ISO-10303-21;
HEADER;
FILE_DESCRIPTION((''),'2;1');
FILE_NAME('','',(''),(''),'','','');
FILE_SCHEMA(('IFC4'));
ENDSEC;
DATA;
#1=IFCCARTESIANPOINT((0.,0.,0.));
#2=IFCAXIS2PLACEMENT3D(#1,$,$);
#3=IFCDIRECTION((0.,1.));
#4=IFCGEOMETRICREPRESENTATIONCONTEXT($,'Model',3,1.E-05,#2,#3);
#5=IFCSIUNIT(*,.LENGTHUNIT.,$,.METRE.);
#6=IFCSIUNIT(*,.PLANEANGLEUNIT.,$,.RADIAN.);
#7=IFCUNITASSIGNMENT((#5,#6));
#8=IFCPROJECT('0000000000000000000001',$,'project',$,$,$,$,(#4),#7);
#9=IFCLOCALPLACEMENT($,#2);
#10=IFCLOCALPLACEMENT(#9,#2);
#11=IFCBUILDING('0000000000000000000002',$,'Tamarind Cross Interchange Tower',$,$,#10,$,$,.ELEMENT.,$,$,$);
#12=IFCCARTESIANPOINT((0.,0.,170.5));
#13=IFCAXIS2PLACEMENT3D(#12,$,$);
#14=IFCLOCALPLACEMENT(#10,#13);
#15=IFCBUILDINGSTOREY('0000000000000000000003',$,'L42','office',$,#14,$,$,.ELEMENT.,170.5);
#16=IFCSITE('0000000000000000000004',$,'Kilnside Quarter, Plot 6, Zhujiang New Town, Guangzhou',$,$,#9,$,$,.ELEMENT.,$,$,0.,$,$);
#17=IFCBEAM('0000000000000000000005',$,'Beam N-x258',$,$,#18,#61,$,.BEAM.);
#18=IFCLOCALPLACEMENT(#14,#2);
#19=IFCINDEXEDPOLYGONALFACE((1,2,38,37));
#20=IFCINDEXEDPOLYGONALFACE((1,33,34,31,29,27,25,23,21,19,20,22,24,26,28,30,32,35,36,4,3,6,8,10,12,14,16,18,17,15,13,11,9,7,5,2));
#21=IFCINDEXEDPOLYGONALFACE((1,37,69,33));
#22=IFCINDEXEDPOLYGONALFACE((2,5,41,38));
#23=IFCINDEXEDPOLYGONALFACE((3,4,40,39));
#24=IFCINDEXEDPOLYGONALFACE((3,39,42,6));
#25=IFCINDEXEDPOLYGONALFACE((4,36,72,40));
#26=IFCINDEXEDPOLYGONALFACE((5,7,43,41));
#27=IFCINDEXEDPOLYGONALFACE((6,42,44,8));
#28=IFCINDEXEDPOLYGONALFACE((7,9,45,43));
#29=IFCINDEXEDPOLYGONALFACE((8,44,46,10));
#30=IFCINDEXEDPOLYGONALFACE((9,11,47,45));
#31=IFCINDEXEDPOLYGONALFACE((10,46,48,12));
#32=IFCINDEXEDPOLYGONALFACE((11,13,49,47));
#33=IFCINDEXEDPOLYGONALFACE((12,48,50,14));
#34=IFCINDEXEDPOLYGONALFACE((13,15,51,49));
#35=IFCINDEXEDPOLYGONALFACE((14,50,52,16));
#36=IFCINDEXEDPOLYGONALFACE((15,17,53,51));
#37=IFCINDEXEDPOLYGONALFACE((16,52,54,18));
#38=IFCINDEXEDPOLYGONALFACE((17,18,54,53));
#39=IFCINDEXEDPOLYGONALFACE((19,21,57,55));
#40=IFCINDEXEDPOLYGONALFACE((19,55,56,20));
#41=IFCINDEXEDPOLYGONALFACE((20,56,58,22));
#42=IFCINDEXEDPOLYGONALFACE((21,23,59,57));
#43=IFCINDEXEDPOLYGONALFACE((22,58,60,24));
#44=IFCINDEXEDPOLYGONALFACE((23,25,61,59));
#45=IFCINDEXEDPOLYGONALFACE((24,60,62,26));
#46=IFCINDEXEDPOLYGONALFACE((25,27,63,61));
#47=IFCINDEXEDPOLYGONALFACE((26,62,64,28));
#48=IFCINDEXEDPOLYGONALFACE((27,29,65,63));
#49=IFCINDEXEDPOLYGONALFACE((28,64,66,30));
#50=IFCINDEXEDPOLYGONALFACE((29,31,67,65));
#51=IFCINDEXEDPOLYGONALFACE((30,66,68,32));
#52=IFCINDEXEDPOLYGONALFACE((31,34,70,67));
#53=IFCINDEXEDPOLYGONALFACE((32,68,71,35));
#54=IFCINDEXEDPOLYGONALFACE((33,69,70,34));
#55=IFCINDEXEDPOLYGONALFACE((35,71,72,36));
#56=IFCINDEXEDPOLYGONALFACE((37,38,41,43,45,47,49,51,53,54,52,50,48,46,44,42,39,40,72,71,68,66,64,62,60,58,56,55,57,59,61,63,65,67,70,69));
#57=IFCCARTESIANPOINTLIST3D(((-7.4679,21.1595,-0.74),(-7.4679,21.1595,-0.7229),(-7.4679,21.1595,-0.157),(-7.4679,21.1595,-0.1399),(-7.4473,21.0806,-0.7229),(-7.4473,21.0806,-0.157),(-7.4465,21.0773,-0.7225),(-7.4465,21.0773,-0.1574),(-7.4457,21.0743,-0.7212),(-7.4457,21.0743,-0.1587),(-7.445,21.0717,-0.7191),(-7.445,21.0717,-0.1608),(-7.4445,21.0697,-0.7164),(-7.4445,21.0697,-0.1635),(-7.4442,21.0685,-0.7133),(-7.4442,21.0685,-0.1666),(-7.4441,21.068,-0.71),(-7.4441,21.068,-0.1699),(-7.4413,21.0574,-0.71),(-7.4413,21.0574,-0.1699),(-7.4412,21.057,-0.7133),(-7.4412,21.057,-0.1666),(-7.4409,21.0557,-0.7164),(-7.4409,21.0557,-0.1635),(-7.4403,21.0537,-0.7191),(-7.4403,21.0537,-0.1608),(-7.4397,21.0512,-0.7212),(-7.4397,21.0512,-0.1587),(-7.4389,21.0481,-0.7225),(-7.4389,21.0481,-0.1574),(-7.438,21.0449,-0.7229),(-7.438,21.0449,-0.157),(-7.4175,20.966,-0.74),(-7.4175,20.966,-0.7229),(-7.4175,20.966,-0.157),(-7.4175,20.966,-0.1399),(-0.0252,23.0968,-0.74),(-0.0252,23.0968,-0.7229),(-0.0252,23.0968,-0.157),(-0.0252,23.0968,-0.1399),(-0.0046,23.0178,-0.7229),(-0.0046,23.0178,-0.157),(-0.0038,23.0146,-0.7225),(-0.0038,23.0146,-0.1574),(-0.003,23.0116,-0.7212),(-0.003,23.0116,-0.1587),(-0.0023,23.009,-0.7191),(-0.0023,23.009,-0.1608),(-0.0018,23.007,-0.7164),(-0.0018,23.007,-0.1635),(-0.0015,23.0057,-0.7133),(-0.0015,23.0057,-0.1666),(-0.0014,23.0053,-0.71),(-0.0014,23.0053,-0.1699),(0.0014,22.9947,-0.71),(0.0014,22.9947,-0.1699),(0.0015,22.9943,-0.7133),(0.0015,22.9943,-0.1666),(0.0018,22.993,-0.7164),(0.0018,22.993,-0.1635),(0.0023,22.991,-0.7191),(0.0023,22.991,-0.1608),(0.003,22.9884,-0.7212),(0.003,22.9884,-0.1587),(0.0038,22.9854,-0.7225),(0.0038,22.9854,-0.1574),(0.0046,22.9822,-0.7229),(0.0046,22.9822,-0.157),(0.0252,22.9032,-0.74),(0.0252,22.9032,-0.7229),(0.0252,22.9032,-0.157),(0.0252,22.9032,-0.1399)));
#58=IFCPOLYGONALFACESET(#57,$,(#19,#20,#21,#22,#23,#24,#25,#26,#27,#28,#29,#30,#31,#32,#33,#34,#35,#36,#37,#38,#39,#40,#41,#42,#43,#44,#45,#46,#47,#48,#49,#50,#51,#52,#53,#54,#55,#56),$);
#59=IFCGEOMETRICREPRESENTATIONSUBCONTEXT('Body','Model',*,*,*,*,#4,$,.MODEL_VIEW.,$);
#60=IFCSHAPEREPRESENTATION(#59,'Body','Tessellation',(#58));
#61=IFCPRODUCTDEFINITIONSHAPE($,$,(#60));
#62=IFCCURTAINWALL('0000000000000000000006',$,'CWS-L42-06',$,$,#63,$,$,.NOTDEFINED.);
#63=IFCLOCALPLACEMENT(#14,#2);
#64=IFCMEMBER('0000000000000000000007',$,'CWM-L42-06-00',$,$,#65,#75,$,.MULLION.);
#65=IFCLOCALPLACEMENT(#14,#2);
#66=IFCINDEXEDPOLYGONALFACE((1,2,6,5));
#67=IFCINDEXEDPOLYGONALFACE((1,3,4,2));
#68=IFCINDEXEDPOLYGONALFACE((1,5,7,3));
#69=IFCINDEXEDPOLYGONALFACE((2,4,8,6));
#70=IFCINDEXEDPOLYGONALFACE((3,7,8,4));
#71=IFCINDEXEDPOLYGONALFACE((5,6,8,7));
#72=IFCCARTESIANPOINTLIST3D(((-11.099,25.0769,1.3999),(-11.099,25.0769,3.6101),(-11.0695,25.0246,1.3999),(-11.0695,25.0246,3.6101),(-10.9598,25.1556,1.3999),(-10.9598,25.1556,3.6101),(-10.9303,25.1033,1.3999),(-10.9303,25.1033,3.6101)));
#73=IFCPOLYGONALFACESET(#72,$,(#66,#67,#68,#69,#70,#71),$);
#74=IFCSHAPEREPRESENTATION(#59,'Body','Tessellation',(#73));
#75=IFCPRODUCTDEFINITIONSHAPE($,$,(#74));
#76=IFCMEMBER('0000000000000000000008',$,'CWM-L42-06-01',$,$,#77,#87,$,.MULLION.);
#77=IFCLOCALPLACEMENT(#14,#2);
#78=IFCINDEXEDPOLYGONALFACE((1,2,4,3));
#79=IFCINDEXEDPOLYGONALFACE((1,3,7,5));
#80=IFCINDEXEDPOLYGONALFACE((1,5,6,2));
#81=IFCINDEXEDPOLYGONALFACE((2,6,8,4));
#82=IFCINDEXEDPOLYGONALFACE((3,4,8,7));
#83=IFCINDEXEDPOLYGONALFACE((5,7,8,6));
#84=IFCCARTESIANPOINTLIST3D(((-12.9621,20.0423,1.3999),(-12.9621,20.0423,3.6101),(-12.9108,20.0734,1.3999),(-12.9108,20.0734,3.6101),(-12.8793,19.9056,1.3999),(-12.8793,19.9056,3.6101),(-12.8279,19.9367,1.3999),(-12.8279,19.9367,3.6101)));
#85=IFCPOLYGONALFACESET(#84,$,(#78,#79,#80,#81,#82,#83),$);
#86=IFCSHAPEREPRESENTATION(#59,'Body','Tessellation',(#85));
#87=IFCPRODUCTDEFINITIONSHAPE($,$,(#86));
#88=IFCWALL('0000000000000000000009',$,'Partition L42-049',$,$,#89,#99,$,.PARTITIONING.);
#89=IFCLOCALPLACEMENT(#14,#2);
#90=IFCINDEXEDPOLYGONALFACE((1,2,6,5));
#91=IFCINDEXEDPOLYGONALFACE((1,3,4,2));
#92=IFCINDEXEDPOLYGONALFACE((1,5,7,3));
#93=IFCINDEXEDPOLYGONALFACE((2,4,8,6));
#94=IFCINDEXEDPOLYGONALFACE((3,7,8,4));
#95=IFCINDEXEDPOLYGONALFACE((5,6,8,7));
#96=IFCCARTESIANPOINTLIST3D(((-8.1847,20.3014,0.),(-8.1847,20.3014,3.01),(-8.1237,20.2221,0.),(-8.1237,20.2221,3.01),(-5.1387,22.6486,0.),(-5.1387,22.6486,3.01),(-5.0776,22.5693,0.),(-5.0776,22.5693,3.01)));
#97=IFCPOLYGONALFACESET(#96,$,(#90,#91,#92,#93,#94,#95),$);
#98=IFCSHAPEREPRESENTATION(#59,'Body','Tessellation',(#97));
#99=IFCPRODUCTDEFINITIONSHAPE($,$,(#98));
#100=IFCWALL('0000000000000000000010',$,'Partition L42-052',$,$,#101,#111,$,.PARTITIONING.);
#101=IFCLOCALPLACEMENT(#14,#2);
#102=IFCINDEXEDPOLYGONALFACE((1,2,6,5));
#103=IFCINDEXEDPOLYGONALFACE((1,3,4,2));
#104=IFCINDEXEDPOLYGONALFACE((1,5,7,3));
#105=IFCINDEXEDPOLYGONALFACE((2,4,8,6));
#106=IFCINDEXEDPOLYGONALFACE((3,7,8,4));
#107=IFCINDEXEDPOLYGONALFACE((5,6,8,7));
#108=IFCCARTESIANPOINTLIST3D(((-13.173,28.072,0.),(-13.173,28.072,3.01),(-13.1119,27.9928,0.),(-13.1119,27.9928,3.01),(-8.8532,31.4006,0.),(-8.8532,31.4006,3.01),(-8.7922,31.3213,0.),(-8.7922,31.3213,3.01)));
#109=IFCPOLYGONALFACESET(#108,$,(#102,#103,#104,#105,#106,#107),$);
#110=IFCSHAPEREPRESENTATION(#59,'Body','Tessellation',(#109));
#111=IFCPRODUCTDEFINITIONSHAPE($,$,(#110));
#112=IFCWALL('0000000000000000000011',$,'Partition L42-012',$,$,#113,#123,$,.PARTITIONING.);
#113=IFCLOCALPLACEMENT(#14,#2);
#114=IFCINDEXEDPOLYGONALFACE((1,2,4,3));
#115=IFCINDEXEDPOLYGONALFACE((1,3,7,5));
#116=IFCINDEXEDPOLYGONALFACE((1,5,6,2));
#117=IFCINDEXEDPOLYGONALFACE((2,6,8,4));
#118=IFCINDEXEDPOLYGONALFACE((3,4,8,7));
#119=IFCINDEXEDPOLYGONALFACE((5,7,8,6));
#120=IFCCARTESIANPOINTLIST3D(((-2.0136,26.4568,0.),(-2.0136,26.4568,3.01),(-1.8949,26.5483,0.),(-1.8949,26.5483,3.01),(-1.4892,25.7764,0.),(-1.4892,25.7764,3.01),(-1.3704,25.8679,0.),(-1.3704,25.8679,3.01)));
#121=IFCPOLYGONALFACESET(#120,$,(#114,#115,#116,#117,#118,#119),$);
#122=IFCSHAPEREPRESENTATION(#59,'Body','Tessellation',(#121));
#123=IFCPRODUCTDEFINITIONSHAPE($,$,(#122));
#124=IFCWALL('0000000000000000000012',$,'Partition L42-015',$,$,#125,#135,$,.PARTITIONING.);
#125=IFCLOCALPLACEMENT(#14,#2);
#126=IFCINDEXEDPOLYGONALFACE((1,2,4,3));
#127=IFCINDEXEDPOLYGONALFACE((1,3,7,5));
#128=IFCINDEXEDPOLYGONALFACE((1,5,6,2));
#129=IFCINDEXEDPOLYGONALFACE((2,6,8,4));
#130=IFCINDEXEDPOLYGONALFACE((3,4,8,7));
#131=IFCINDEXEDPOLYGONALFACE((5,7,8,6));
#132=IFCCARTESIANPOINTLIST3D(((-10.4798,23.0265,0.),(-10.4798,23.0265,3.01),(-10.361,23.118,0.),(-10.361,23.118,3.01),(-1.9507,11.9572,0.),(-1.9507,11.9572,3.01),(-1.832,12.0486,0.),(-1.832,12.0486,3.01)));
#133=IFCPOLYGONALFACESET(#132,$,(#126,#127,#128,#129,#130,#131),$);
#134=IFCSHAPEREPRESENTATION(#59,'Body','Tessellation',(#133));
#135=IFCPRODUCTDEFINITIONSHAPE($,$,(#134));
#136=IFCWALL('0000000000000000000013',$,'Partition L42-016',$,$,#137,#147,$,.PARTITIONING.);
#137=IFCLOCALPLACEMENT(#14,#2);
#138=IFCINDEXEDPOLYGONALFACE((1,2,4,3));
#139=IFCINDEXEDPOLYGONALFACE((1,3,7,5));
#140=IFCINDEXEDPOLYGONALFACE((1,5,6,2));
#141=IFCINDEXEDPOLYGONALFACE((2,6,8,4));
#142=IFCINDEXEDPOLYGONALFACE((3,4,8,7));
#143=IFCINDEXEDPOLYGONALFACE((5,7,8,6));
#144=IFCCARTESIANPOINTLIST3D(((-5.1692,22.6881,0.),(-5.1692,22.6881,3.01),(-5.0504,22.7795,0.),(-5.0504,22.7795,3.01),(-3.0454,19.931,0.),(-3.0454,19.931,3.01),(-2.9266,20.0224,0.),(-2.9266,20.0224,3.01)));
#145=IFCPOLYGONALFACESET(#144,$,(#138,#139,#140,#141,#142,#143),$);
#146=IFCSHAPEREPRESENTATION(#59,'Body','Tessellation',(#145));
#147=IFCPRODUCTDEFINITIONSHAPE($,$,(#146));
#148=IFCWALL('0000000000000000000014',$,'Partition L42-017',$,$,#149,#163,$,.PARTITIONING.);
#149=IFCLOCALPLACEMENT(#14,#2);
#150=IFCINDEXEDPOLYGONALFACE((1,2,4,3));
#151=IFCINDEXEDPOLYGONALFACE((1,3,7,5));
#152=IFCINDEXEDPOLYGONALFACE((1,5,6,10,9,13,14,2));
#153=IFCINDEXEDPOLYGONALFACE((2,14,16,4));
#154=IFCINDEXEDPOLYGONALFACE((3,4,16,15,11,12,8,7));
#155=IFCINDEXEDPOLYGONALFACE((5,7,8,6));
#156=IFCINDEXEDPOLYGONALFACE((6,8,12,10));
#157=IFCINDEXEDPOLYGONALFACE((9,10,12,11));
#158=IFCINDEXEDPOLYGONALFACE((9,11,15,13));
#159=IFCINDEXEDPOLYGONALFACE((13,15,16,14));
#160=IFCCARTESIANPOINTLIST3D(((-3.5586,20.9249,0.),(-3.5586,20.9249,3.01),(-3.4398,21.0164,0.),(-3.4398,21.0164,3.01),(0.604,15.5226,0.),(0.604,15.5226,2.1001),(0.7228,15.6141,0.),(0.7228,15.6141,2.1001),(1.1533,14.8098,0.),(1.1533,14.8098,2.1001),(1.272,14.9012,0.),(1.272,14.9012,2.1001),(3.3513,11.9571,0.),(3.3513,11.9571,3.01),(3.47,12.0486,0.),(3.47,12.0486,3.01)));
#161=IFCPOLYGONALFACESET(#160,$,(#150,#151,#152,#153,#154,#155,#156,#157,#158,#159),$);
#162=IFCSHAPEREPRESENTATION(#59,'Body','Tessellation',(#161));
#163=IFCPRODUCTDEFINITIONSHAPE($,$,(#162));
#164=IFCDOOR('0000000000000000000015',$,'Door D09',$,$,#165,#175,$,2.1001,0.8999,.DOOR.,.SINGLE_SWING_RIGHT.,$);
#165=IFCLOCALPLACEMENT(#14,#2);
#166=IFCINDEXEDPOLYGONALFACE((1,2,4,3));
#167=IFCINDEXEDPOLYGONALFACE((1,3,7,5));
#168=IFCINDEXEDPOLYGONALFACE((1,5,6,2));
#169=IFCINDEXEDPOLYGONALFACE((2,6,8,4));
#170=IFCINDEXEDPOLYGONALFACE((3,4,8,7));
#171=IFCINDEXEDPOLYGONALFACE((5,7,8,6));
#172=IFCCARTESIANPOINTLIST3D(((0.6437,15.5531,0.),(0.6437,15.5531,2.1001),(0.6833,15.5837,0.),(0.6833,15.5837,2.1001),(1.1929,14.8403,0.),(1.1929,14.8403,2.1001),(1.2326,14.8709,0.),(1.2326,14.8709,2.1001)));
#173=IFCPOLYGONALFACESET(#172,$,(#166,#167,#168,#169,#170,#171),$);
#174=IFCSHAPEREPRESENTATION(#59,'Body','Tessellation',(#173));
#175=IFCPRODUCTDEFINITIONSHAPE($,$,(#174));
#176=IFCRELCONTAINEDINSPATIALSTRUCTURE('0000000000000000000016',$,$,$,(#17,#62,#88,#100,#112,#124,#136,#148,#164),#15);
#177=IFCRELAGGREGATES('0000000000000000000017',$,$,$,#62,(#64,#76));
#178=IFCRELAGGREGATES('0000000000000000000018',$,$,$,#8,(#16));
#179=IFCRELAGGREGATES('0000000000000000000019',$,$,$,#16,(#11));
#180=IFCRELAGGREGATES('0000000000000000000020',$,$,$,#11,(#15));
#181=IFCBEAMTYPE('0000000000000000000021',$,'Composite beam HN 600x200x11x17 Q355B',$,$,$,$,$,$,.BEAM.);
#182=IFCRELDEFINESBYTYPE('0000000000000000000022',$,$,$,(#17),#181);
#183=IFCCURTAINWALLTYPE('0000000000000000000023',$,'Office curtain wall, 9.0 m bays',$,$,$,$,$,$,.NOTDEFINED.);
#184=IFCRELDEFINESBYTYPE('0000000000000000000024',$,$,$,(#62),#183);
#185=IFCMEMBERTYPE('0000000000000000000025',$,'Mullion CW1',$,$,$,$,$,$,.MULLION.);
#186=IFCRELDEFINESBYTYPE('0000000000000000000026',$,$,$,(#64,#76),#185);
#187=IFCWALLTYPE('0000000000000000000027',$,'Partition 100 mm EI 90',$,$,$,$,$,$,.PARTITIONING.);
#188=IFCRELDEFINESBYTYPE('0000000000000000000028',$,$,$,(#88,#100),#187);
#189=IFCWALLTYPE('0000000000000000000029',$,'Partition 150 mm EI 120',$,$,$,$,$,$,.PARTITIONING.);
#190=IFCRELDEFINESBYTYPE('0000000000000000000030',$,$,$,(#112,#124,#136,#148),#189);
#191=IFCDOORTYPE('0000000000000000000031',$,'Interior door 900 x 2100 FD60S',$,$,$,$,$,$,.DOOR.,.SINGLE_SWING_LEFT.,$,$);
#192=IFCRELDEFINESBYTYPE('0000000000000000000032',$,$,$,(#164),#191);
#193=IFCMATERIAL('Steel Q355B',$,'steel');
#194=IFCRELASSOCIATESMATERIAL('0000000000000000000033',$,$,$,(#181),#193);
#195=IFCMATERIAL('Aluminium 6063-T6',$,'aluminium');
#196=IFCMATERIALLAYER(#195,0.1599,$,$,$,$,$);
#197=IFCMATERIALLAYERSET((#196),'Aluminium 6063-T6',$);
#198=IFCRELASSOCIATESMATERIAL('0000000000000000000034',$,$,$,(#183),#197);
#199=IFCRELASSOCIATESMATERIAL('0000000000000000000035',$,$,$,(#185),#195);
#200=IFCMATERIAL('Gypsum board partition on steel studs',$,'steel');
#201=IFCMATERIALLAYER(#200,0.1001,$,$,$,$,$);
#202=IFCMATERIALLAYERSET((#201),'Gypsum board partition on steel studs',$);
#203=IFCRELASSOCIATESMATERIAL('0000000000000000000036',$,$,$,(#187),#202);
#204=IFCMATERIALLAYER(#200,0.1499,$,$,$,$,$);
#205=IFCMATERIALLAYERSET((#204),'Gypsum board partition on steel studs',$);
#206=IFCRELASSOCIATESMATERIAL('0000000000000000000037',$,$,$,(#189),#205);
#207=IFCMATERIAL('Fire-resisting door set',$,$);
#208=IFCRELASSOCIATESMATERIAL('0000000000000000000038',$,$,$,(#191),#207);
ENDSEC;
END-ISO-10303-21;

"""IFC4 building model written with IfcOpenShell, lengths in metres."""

from ifc_helpers import new_model, si_unit, direction, frame, frame_2d, origin, origin_2d, place, context, subcontext, project, spatial, rectangle, i_section, extrude, material, layer, layer_set, material_profile, profile_set, type_object, element, fill, aggregate, save


model = new_model("IFC4")

# Units and contexts
model_context = context("Model", 3, precision=1e-05, world=origin(), true_north=direction((0.0, 1.0)))
body_context = subcontext(model_context, "Body", "Model", "MODEL_VIEW")
ifc_project = project(units=[si_unit("LENGTHUNIT", "METRE"), si_unit("PLANEANGLEUNIT", "RADIAN")], contexts=[model_context])

# Site, building, storey
site_placement = place(None, origin())
site = spatial("IfcSite", under=ifc_project, at=site_placement, Name="Kilnside Quarter, Plot 6, Zhujiang New Town, Guangzhou", CompositionType="ELEMENT", RefElevation=0.0)
building_placement = place(site_placement, origin())
building = spatial("IfcBuilding", under=site, at=building_placement, Name="Tamarind Cross Interchange Tower", CompositionType="ELEMENT")
storey_placement = place(building_placement, frame((0.0, 0.0, 170.5)))
storey = spatial("IfcBuildingStorey", under=building, at=storey_placement, Name="L42", Description="office", CompositionType="ELEMENT", Elevation=170.5)

# Beam
ifc_material_1 = material(Name="Steel Q355B", Category="steel")
ifc_material_profile_1 = material_profile(ifc_material_1, i_section(OverallWidth=0.2, OverallDepth=0.6001, WebThickness=0.011, FlangeThickness=0.0171, FilletRadius=0.0129, at=origin_2d()), Name="HN 600x200x11x17")
ifc_profile_set_1 = profile_set([ifc_material_profile_1], Name="Steel Q355B")
beam_type_1 = type_object("IfcBeamType", Name="Composite beam HN 600x200x11x17 Q355B", PredefinedType="BEAM", material=ifc_profile_set_1)
beam_1_placement = place(storey_placement, frame((0.0, 23.0, -0.4399), z_axis=(-0.967754, -0.251898, 0.0), x_axis=(0.251898, -0.967754, 0.0)))
element("IfcBeam", 1, at=beam_1_placement, inside=storey, type_object=beam_type_1, Name="Beam N-x258", PredefinedType="BEAM", context=body_context, shape_type="SweptSolid", body=[
    extrude(i_section(OverallWidth=0.2, OverallDepth=0.6001, WebThickness=0.011, FlangeThickness=0.0171, FilletRadius=0.0129, at=origin_2d()), origin(), (0.0, 0.0, 1.0), 7.6907),
])

# Curtain wall, members
ifc_material_2 = material(Name="Aluminium 6063-T6", Category="aluminium")
ifc_layer_1 = layer(ifc_material_2, 0.1599)
ifc_layer_set_1 = layer_set([ifc_layer_1], Name="Aluminium 6063-T6")
curtain_wall_type = type_object("IfcCurtainWallType", Name="Office curtain wall, 9.0 m bays", PredefinedType="NOTDEFINED", material=ifc_layer_set_1)
curtain_wall_placement = place(storey_placement, origin())
curtain_wall = element("IfcCurtainWall", 2, at=curtain_wall_placement, inside=storey, type_object=curtain_wall_type, Name="CWS-L42-06", PredefinedType="NOTDEFINED")
ifc_material_profile_2 = material_profile(ifc_material_2, rectangle(XDim=0.0601, YDim=0.1599, at=origin_2d()), Name="Mullion CW1")
ifc_profile_set_2 = profile_set([ifc_material_profile_2], Name="Aluminium 6063-T6")
member_type = type_object("IfcMemberType", Name="Mullion CW1", PredefinedType="MULLION", material=ifc_profile_set_2)
member_1_placement = place(storey_placement, frame((-11.0146, 25.0901, 1.3999), z_axis=(0.0, 0.0, 1.0), x_axis=(0.491972, -0.870611, 0.0)))
member_1 = element("IfcMember", 3, at=member_1_placement, type_object=member_type, Name="CWM-L42-06-00", PredefinedType="MULLION", context=body_context, shape_type="SweptSolid", body=[
    extrude(rectangle(XDim=0.0601, YDim=0.1599, at=origin_2d()), origin(), (0.0, 0.0, 1.0), 2.2102),
])
member_2_placement = place(storey_placement, frame((-12.895, 19.9895, 1.3999), z_axis=(0.0, 0.0, 1.0), x_axis=(-0.85532, -0.518101, 0.0)))
member_2 = element("IfcMember", 4, at=member_2_placement, type_object=member_type, Name="CWM-L42-06-01", PredefinedType="MULLION", context=body_context, shape_type="SweptSolid", body=[
    extrude(rectangle(XDim=0.0601, YDim=0.1599, at=origin_2d()), origin(), (0.0, 0.0, 1.0), 2.2102),
])
aggregate(curtain_wall, [member_1, member_2])

# Walls
ifc_material_3 = material(Name="Gypsum board partition on steel studs", Category="steel")
ifc_layer_2 = layer(ifc_material_3, 0.1001)
ifc_layer_set_2 = layer_set([ifc_layer_2], Name="Gypsum board partition on steel studs")
wall_type_1 = type_object("IfcWallType", Name="Partition 100 mm EI 90", PredefinedType="PARTITIONING", material=ifc_layer_set_2)
wall_1_placement = place(storey_placement, frame((-8.1543, 20.2617, 0.0), z_axis=(0.0, 0.0, 1.0), x_axis=(0.792123, 0.610361, 0.0)))
element("IfcWall", 5, at=wall_1_placement, inside=storey, type_object=wall_type_1, Name="Partition L42-049", PredefinedType="PARTITIONING", context=body_context, shape_type="SweptSolid", body=[
    extrude(rectangle(XDim=3.8455, YDim=0.1001, at=frame_2d((1.9229, 0.0))), origin(), (0.0, 0.0, 1.0), 3.01),
])
wall_2_placement = place(storey_placement, frame((-13.1423, 28.0325, 0.0), z_axis=(0.0, 0.0, 1.0), x_axis=(0.792121, 0.610364, 0.0)))
element("IfcWall", 6, at=wall_2_placement, inside=storey, type_object=wall_type_1, Name="Partition L42-052", PredefinedType="PARTITIONING", context=body_context, shape_type="SweptSolid", body=[
    extrude(rectangle(XDim=5.4534, YDim=0.1001, at=frame_2d((2.7266, 0.0))), origin(), (0.0, 0.0, 1.0), 3.01),
])
ifc_layer_3 = layer(ifc_material_3, 0.1499)
ifc_layer_set_3 = layer_set([ifc_layer_3], Name="Gypsum board partition on steel studs")
wall_type_2 = type_object("IfcWallType", Name="Partition 150 mm EI 120", PredefinedType="PARTITIONING", material=ifc_layer_set_3)
wall_3_placement = place(storey_placement, frame((-1.9543, 26.5027, 0.0), z_axis=(0.0, 0.0, 1.0), x_axis=(0.610452, -0.792053, 0.0)))
element("IfcWall", 7, at=wall_3_placement, inside=storey, type_object=wall_type_2, Name="Partition L42-012", PredefinedType="PARTITIONING", context=body_context, shape_type="SweptSolid", body=[
    extrude(rectangle(XDim=0.8591, YDim=0.1499, at=frame_2d((0.4297, 0.0))), origin(), (0.0, 0.0, 1.0), 3.01),
])
wall_4_placement = place(storey_placement, frame((-10.4204, 23.0723, 0.0), z_axis=(0.0, 0.0, 1.0), x_axis=(0.610348, -0.792133, 0.0)))
element("IfcWall", 8, at=wall_4_placement, inside=storey, type_object=wall_type_2, Name="Partition L42-015", PredefinedType="PARTITIONING", context=body_context, shape_type="SweptSolid", body=[
    extrude(rectangle(XDim=13.9741, YDim=0.1499, at=frame_2d((6.9871, 0.0))), origin(), (0.0, 0.0, 1.0), 3.01),
])
wall_5_placement = place(storey_placement, frame((-5.1099, 22.7339, 0.0), z_axis=(0.0, 0.0, 1.0), x_axis=(0.610243, -0.792214, 0.0)))
element("IfcWall", 9, at=wall_5_placement, inside=storey, type_object=wall_type_2, Name="Partition L42-016", PredefinedType="PARTITIONING", context=body_context, shape_type="SweptSolid", body=[
    extrude(rectangle(XDim=3.4802, YDim=0.1499, at=frame_2d((1.7402, 0.0))), origin(), (0.0, 0.0, 1.0), 3.01),
])

# Wall, opening, door
wall_6_placement = place(storey_placement, frame((-3.4993, 20.9707, 0.0), z_axis=(0.0, 0.0, 1.0), x_axis=(0.610356, -0.792127, 0.0)))
wall_6 = element("IfcWall", 10, at=wall_6_placement, inside=storey, type_object=wall_type_2, Name="Partition L42-017", PredefinedType="PARTITIONING", context=body_context, shape_type="SweptSolid", body=[
    extrude(rectangle(XDim=11.321, YDim=0.1499, at=frame_2d((5.6606, 0.0))), origin(), (0.0, 0.0, 1.0), 3.01),
])
opening_1_placement = place(wall_6_placement, frame((6.8201, 0.0, 0.0)))
opening_1 = element("IfcOpeningElement", 11, at=opening_1_placement, cuts=wall_6, PredefinedType="OPENING", context=body_context, shape_type="SweptSolid", body=[
    extrude(rectangle(XDim=0.8999, YDim=2.1001, at=frame_2d((0.45, 1.05))), frame((0.0, 0.085, 0.0), z_axis=(0.0, -1.0, 0.0), x_axis=(1.0, 0.0, 0.0)), (0.0, 0.0, 1.0), 0.1699),
])
ifc_material_4 = material(Name="Fire-resisting door set")
door_type_1 = type_object("IfcDoorType", Name="Interior door 900 x 2100 FD60S", OperationType="SINGLE_SWING_LEFT", PredefinedType="DOOR", material=ifc_material_4)
door_1_placement = place(opening_1_placement, frame((0.8999, 0.0, 0.0), z_axis=(0.0, 0.0, 1.0), x_axis=(-1.0, 0.0, 0.0)))
door_1 = element("IfcDoor", 12, at=door_1_placement, inside=storey, type_object=door_type_1, Name="Door D09", OperationType="SINGLE_SWING_RIGHT", OverallHeight=2.1001, OverallWidth=0.8999, PredefinedType="DOOR", context=body_context, shape_type="SweptSolid", body=[
    extrude(rectangle(XDim=0.8999, YDim=2.1001, at=frame_2d((0.45, 1.05))), frame((0.0, 0.0249, 0.0), z_axis=(0.0, -1.0, 0.0), x_axis=(1.0, 0.0, 0.0)), (0.0, 0.0, 1.0), 0.05),
])
fill(opening_1, door_1)

save(model, "model.ifc")
